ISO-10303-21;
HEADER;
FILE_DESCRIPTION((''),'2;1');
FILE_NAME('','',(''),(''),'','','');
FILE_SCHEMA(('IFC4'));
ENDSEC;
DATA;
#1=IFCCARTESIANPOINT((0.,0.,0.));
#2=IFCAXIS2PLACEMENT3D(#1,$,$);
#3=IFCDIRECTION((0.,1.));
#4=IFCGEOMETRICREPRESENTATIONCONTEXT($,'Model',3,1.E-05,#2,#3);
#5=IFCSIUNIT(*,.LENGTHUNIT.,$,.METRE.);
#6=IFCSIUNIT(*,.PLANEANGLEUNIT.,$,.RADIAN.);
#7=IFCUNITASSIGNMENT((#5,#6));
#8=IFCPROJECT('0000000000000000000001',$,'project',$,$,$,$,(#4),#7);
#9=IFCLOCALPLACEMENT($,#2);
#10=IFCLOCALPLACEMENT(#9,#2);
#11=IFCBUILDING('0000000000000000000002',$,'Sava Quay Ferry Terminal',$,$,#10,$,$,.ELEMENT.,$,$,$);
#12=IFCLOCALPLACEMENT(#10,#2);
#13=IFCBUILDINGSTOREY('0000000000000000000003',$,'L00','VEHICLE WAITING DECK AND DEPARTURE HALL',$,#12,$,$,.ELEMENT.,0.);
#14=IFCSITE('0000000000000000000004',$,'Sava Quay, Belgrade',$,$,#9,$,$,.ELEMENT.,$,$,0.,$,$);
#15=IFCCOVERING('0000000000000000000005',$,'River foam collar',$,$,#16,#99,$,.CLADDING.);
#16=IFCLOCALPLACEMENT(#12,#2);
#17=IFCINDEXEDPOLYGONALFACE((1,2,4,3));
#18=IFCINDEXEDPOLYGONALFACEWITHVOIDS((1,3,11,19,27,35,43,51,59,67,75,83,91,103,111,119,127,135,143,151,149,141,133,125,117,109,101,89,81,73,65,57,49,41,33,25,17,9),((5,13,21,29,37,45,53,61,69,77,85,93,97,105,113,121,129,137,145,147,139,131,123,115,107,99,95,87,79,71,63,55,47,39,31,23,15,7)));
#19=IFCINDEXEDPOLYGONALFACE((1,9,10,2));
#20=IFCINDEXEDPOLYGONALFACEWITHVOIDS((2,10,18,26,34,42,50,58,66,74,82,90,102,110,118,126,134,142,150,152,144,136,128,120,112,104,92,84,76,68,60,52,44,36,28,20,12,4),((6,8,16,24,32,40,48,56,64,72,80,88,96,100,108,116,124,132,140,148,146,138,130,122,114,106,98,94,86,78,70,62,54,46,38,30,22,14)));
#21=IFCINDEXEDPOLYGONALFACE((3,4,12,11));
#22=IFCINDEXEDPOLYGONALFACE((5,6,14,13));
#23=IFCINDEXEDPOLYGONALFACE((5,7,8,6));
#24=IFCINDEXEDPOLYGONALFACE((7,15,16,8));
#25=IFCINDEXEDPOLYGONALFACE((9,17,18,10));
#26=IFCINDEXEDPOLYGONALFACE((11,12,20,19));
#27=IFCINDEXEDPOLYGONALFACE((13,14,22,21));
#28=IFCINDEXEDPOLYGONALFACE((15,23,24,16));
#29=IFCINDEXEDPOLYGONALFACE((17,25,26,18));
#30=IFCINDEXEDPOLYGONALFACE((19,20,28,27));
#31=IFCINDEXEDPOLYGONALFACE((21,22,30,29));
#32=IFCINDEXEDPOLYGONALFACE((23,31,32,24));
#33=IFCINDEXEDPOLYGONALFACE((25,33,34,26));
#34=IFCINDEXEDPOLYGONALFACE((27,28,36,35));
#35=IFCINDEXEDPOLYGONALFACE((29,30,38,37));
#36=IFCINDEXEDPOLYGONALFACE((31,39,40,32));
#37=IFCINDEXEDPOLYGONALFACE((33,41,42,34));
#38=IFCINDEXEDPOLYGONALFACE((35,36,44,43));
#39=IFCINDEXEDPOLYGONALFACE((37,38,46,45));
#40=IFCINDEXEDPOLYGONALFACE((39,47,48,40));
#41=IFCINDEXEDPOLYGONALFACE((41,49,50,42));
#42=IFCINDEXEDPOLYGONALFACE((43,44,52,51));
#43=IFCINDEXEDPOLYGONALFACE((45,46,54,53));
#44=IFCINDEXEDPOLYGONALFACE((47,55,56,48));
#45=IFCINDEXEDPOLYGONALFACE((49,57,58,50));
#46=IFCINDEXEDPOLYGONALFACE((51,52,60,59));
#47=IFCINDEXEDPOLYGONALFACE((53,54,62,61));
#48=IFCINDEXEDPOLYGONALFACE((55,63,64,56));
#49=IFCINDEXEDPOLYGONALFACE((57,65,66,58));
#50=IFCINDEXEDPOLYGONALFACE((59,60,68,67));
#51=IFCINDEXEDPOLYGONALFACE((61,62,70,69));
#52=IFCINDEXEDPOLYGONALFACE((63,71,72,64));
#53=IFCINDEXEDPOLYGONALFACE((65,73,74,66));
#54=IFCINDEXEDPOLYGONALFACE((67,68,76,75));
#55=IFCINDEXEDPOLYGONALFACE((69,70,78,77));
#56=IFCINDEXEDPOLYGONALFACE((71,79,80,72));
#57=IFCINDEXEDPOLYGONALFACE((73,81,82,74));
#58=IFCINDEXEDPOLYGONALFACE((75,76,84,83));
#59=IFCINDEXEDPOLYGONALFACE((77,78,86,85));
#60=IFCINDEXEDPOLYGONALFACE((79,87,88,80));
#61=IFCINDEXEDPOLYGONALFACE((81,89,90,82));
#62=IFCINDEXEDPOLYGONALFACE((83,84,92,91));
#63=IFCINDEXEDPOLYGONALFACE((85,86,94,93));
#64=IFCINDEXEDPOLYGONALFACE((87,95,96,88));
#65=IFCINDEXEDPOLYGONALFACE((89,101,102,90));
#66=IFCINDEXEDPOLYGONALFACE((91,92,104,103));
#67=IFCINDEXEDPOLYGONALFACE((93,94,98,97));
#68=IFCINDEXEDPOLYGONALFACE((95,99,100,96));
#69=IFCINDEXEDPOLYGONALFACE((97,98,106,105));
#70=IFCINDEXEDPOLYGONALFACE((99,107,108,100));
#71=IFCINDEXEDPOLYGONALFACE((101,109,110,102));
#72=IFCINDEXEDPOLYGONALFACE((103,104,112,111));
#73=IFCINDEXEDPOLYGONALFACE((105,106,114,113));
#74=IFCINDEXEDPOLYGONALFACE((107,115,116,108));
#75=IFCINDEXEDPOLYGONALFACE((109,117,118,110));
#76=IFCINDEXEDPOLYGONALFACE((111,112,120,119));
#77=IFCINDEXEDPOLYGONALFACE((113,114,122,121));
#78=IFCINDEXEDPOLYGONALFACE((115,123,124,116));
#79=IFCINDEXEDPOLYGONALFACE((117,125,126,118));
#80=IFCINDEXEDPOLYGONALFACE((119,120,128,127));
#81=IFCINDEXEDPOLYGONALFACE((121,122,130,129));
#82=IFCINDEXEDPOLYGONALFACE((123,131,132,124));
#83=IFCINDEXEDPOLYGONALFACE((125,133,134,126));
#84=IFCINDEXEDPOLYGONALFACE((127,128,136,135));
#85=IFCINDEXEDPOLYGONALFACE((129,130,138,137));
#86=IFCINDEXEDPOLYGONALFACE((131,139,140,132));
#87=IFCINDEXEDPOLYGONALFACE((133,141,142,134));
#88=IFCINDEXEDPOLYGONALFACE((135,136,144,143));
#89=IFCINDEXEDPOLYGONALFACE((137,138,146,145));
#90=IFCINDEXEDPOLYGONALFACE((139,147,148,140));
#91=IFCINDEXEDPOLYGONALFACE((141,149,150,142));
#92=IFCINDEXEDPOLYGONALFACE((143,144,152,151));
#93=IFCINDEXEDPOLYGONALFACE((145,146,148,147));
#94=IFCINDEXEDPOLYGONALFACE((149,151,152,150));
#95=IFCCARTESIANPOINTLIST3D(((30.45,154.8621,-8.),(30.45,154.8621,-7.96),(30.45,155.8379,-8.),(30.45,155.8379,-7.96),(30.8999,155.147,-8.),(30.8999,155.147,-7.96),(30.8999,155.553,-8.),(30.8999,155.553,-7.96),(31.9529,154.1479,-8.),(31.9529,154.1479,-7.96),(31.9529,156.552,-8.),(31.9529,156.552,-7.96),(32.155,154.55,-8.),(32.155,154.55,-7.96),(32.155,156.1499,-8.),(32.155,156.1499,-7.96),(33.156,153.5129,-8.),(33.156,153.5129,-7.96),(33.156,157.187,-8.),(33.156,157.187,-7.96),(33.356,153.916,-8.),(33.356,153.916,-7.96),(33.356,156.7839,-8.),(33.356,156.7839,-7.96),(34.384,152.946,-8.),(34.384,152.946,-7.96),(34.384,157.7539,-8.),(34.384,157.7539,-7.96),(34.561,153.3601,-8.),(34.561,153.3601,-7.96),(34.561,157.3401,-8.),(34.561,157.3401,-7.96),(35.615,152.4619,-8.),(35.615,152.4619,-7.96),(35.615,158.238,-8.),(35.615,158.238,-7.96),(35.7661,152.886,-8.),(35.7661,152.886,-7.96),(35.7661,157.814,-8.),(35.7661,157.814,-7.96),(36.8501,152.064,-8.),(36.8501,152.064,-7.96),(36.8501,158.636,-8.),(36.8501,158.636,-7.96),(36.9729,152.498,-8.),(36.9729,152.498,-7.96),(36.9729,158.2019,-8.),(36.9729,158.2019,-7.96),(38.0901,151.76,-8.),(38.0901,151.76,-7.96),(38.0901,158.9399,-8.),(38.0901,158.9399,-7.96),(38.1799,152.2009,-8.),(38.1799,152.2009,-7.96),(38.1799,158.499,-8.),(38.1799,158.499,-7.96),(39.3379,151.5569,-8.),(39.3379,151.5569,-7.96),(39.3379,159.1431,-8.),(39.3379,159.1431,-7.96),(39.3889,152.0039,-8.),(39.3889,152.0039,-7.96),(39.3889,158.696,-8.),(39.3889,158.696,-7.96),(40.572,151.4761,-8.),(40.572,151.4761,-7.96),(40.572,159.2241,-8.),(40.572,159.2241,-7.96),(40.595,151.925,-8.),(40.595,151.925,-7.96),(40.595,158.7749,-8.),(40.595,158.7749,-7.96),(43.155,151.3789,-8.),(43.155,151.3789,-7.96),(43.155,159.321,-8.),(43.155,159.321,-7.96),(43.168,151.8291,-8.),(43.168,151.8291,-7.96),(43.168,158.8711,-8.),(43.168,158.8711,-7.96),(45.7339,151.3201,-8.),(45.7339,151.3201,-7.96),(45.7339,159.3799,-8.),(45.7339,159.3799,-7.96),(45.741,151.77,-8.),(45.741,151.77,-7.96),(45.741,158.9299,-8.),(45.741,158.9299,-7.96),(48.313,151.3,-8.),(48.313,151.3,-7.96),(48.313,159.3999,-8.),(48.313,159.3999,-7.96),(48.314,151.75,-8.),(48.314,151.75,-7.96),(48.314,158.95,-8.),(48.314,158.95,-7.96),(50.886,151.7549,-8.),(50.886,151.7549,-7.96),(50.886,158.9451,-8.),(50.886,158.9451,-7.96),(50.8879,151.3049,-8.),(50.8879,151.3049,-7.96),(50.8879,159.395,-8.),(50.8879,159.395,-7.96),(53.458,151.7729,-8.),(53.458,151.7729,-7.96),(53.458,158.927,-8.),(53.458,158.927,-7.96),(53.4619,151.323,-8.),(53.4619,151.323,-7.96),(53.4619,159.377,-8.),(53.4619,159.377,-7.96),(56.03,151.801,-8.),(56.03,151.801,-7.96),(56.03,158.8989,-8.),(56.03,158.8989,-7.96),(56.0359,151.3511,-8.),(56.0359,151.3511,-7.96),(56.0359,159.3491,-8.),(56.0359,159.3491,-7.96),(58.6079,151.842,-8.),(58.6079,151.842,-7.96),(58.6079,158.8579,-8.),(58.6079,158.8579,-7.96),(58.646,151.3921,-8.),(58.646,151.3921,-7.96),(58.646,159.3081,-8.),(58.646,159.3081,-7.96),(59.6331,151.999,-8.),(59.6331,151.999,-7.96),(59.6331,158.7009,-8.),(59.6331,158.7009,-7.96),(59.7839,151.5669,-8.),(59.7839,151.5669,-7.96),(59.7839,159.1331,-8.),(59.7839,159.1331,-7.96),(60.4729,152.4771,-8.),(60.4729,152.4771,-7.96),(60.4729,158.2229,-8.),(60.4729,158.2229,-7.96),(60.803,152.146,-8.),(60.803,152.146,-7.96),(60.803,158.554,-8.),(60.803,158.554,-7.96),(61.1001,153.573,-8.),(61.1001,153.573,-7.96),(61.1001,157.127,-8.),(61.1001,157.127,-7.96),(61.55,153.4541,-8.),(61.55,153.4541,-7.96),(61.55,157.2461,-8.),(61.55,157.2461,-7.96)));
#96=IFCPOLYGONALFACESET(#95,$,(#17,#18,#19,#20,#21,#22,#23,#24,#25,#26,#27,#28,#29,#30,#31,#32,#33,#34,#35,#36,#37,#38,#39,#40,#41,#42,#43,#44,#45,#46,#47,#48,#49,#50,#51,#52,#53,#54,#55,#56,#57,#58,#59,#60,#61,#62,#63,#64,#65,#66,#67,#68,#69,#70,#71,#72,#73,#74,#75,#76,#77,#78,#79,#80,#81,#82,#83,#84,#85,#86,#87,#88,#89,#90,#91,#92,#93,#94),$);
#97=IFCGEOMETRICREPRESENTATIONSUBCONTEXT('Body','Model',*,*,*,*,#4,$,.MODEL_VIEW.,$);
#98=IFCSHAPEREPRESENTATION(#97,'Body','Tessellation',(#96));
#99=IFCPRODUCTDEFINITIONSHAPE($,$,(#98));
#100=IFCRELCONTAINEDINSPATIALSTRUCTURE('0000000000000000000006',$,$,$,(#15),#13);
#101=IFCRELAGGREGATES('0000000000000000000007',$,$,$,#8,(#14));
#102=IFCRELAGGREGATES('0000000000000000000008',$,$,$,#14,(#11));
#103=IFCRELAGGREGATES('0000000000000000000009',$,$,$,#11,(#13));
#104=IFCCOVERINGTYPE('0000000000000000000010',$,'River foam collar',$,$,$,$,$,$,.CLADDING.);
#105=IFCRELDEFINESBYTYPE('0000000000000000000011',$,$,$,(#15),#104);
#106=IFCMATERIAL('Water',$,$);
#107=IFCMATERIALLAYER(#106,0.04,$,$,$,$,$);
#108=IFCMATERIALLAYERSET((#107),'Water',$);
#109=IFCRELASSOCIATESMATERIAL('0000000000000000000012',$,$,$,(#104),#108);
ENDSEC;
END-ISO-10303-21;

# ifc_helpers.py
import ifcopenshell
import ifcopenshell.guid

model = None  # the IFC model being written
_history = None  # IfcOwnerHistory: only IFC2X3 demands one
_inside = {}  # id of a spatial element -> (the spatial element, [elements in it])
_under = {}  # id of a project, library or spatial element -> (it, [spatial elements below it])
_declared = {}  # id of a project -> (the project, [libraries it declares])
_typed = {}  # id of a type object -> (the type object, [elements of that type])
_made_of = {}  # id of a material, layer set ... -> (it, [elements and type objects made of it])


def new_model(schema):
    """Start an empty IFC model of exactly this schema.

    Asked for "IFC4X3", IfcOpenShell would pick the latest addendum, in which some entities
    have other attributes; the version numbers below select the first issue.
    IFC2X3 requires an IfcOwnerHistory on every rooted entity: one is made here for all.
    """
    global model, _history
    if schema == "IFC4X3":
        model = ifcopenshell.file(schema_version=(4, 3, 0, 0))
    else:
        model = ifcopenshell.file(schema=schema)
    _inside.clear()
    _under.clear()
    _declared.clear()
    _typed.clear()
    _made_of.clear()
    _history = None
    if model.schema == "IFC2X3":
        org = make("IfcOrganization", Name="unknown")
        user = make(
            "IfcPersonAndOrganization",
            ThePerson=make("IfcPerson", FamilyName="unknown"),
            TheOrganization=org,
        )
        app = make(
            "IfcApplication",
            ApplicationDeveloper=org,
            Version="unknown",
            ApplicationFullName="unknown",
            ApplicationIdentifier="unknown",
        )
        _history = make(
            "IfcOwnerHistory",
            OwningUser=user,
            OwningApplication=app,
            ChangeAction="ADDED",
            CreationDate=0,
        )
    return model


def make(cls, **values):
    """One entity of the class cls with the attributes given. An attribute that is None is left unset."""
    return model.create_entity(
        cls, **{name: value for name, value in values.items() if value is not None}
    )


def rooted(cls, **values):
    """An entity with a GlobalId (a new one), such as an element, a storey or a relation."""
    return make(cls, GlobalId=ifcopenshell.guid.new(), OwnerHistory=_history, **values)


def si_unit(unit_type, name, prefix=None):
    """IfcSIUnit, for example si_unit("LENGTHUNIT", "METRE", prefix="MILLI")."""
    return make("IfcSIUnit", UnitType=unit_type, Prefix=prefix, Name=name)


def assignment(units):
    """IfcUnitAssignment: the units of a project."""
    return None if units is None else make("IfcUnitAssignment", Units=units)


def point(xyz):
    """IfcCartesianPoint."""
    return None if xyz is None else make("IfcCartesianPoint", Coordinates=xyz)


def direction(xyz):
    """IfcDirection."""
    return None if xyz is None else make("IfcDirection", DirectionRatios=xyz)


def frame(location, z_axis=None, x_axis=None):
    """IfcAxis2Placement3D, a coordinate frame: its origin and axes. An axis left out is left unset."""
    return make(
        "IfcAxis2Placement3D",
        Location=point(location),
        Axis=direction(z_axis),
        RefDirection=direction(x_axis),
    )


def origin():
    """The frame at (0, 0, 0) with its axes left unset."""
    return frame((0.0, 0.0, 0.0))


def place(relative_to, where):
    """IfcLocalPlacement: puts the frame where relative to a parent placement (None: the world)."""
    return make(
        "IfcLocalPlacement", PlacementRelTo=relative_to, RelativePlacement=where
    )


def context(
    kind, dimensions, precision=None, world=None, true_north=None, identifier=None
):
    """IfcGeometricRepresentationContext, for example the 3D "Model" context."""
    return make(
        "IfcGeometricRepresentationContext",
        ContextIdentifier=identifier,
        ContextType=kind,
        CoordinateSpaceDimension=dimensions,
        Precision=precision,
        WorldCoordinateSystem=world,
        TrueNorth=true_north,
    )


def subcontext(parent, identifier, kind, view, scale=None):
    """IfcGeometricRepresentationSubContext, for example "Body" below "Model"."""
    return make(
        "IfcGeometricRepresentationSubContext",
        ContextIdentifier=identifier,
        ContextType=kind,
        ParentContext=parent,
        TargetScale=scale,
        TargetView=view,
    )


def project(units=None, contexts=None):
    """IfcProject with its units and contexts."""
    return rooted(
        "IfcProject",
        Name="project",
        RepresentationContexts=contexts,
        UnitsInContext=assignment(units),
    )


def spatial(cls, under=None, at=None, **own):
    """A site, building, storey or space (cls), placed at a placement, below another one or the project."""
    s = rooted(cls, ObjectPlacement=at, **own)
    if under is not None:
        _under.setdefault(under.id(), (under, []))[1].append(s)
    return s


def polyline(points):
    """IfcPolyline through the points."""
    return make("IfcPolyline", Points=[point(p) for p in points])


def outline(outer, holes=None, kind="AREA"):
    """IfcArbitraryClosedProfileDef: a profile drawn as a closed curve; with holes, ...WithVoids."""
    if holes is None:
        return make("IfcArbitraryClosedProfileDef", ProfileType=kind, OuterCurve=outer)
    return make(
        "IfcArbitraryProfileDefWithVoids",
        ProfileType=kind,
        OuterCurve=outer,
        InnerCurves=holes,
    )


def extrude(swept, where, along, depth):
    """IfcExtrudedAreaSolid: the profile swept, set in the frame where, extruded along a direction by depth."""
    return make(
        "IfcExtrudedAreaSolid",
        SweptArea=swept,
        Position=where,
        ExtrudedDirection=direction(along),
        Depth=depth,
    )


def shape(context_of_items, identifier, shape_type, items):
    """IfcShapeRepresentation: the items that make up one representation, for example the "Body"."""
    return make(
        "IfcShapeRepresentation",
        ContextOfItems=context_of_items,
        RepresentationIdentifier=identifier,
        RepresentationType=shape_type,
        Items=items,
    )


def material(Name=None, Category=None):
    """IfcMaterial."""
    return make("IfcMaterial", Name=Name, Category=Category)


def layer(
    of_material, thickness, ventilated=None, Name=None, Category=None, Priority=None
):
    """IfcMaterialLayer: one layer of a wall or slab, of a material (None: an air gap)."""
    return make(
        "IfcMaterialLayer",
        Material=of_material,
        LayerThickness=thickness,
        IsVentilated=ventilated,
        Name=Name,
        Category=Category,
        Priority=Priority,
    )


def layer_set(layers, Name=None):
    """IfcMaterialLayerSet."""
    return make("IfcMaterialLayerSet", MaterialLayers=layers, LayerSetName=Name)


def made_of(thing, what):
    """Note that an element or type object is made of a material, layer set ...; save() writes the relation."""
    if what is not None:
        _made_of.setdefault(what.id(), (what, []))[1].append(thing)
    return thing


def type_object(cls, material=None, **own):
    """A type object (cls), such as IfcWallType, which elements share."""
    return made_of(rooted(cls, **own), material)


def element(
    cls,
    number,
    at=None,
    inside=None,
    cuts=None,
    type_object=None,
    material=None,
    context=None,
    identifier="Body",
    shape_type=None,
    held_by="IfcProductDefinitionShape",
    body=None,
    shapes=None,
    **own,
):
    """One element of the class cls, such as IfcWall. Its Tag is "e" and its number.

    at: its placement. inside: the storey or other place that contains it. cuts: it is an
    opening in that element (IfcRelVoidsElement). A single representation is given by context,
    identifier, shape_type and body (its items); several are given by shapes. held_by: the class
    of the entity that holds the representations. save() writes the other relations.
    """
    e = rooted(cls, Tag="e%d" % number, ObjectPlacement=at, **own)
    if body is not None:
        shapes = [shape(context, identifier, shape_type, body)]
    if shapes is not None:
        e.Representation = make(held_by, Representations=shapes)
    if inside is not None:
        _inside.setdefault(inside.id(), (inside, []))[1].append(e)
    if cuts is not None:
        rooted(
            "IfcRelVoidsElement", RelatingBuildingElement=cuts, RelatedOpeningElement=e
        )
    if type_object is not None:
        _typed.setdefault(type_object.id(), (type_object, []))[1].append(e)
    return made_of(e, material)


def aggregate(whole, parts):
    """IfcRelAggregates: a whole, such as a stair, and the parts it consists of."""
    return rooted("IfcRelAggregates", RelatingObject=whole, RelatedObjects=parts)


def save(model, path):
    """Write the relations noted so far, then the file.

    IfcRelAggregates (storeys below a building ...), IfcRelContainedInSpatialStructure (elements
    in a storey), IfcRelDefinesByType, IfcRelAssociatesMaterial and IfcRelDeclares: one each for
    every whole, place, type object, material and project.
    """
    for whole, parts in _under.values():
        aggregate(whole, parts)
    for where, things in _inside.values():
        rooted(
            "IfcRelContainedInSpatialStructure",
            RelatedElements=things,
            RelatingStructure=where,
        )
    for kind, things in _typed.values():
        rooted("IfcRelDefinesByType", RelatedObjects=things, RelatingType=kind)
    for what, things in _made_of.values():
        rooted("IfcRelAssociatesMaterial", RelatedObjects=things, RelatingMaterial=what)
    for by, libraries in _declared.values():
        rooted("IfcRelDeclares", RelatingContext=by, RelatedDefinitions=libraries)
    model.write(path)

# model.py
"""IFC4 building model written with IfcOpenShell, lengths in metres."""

from ifc_helpers import new_model, si_unit, direction, frame, origin, place, context, subcontext, project, spatial, polyline, outline, extrude, material, layer, layer_set, type_object, element, save


model = new_model("IFC4")

# Units and contexts
model_context = context("Model", 3, precision=1e-05, world=origin(), true_north=direction((0.0, 1.0)))
body_context = subcontext(model_context, "Body", "Model", "MODEL_VIEW")
ifc_project = project(units=[si_unit("LENGTHUNIT", "METRE"), si_unit("PLANEANGLEUNIT", "RADIAN")], contexts=[model_context])

# Site, building, storey
site_placement = place(None, origin())
site = spatial("IfcSite", under=ifc_project, at=site_placement, Name="Sava Quay, Belgrade", CompositionType="ELEMENT", RefElevation=0.0)
building_placement = place(site_placement, origin())
building = spatial("IfcBuilding", under=site, at=building_placement, Name="Sava Quay Ferry Terminal", CompositionType="ELEMENT")
storey_placement = place(building_placement, origin())
storey = spatial("IfcBuildingStorey", under=building, at=storey_placement, Name="L00", Description="VEHICLE WAITING DECK AND DEPARTURE HALL", CompositionType="ELEMENT", Elevation=0.0)

# Covering
ifc_material_1 = material(Name="Water")
ifc_layer_1 = layer(ifc_material_1, 0.04)
ifc_layer_set_1 = layer_set([ifc_layer_1], Name="Water")
covering_type_1 = type_object("IfcCoveringType", Name="River foam collar", PredefinedType="CLADDING", material=ifc_layer_set_1)
covering_1_placement = place(storey_placement, frame((0.0, 0.0, -8.0)))
element("IfcCovering", 1, at=covering_1_placement, inside=storey, type_object=covering_type_1, Name="River foam collar", PredefinedType="CLADDING", context=body_context, shape_type="SweptSolid", body=[
    extrude(outline(polyline([(59.7839, 151.5669), (60.803, 152.146), (61.55, 153.4541), (61.55, 157.2461), (60.803, 158.554), (59.7839, 159.1331), (58.646, 159.3081), (56.0359, 159.3491), (53.4619, 159.377), (50.8879, 159.395), (48.313, 159.3999), (45.7339, 159.3799), (43.155, 159.321), (40.572, 159.2241), (39.3379, 159.1431), (38.0901, 158.9399), (36.8501, 158.636), (35.615, 158.238), (34.384, 157.7539), (33.156, 157.187), (31.9529, 156.552), (30.45, 155.8379), (30.45, 154.8621), (31.9529, 154.1479), (33.156, 153.5129), (34.384, 152.946), (35.615, 152.4619), (36.8501, 152.064), (38.0901, 151.76), (39.3379, 151.5569), (40.572, 151.4761), (43.155, 151.3789), (45.7339, 151.3201), (48.313, 151.3), (50.8879, 151.3049), (53.4619, 151.323), (56.0359, 151.3511), (58.646, 151.3921), (59.7839, 151.5669)]), holes=[polyline([(58.6079, 158.8579), (59.6331, 158.7009), (60.4729, 158.2229), (61.1001, 157.127), (61.1001, 153.573), (60.4729, 152.4771), (59.6331, 151.999), (58.6079, 151.842), (56.03, 151.801), (53.458, 151.7729), (50.886, 151.7549), (48.314, 151.75), (45.741, 151.77), (43.168, 151.8291), (40.595, 151.925), (39.3889, 152.0039), (38.1799, 152.2009), (36.9729, 152.498), (35.7661, 152.886), (34.561, 153.3601), (33.356, 153.916), (32.155, 154.55), (30.8999, 155.147), (30.8999, 155.553), (32.155, 156.1499), (33.356, 156.7839), (34.561, 157.3401), (35.7661, 157.814), (36.9729, 158.2019), (38.1799, 158.499), (39.3889, 158.696), (40.595, 158.7749), (43.168, 158.8711), (45.741, 158.9299), (48.314, 158.95), (50.886, 158.9451), (53.458, 158.927), (56.03, 158.8989), (58.6079, 158.8579)])]), origin(), (0.0, 0.0, 1.0), 0.04),
])

save(model, "model.ifc")
